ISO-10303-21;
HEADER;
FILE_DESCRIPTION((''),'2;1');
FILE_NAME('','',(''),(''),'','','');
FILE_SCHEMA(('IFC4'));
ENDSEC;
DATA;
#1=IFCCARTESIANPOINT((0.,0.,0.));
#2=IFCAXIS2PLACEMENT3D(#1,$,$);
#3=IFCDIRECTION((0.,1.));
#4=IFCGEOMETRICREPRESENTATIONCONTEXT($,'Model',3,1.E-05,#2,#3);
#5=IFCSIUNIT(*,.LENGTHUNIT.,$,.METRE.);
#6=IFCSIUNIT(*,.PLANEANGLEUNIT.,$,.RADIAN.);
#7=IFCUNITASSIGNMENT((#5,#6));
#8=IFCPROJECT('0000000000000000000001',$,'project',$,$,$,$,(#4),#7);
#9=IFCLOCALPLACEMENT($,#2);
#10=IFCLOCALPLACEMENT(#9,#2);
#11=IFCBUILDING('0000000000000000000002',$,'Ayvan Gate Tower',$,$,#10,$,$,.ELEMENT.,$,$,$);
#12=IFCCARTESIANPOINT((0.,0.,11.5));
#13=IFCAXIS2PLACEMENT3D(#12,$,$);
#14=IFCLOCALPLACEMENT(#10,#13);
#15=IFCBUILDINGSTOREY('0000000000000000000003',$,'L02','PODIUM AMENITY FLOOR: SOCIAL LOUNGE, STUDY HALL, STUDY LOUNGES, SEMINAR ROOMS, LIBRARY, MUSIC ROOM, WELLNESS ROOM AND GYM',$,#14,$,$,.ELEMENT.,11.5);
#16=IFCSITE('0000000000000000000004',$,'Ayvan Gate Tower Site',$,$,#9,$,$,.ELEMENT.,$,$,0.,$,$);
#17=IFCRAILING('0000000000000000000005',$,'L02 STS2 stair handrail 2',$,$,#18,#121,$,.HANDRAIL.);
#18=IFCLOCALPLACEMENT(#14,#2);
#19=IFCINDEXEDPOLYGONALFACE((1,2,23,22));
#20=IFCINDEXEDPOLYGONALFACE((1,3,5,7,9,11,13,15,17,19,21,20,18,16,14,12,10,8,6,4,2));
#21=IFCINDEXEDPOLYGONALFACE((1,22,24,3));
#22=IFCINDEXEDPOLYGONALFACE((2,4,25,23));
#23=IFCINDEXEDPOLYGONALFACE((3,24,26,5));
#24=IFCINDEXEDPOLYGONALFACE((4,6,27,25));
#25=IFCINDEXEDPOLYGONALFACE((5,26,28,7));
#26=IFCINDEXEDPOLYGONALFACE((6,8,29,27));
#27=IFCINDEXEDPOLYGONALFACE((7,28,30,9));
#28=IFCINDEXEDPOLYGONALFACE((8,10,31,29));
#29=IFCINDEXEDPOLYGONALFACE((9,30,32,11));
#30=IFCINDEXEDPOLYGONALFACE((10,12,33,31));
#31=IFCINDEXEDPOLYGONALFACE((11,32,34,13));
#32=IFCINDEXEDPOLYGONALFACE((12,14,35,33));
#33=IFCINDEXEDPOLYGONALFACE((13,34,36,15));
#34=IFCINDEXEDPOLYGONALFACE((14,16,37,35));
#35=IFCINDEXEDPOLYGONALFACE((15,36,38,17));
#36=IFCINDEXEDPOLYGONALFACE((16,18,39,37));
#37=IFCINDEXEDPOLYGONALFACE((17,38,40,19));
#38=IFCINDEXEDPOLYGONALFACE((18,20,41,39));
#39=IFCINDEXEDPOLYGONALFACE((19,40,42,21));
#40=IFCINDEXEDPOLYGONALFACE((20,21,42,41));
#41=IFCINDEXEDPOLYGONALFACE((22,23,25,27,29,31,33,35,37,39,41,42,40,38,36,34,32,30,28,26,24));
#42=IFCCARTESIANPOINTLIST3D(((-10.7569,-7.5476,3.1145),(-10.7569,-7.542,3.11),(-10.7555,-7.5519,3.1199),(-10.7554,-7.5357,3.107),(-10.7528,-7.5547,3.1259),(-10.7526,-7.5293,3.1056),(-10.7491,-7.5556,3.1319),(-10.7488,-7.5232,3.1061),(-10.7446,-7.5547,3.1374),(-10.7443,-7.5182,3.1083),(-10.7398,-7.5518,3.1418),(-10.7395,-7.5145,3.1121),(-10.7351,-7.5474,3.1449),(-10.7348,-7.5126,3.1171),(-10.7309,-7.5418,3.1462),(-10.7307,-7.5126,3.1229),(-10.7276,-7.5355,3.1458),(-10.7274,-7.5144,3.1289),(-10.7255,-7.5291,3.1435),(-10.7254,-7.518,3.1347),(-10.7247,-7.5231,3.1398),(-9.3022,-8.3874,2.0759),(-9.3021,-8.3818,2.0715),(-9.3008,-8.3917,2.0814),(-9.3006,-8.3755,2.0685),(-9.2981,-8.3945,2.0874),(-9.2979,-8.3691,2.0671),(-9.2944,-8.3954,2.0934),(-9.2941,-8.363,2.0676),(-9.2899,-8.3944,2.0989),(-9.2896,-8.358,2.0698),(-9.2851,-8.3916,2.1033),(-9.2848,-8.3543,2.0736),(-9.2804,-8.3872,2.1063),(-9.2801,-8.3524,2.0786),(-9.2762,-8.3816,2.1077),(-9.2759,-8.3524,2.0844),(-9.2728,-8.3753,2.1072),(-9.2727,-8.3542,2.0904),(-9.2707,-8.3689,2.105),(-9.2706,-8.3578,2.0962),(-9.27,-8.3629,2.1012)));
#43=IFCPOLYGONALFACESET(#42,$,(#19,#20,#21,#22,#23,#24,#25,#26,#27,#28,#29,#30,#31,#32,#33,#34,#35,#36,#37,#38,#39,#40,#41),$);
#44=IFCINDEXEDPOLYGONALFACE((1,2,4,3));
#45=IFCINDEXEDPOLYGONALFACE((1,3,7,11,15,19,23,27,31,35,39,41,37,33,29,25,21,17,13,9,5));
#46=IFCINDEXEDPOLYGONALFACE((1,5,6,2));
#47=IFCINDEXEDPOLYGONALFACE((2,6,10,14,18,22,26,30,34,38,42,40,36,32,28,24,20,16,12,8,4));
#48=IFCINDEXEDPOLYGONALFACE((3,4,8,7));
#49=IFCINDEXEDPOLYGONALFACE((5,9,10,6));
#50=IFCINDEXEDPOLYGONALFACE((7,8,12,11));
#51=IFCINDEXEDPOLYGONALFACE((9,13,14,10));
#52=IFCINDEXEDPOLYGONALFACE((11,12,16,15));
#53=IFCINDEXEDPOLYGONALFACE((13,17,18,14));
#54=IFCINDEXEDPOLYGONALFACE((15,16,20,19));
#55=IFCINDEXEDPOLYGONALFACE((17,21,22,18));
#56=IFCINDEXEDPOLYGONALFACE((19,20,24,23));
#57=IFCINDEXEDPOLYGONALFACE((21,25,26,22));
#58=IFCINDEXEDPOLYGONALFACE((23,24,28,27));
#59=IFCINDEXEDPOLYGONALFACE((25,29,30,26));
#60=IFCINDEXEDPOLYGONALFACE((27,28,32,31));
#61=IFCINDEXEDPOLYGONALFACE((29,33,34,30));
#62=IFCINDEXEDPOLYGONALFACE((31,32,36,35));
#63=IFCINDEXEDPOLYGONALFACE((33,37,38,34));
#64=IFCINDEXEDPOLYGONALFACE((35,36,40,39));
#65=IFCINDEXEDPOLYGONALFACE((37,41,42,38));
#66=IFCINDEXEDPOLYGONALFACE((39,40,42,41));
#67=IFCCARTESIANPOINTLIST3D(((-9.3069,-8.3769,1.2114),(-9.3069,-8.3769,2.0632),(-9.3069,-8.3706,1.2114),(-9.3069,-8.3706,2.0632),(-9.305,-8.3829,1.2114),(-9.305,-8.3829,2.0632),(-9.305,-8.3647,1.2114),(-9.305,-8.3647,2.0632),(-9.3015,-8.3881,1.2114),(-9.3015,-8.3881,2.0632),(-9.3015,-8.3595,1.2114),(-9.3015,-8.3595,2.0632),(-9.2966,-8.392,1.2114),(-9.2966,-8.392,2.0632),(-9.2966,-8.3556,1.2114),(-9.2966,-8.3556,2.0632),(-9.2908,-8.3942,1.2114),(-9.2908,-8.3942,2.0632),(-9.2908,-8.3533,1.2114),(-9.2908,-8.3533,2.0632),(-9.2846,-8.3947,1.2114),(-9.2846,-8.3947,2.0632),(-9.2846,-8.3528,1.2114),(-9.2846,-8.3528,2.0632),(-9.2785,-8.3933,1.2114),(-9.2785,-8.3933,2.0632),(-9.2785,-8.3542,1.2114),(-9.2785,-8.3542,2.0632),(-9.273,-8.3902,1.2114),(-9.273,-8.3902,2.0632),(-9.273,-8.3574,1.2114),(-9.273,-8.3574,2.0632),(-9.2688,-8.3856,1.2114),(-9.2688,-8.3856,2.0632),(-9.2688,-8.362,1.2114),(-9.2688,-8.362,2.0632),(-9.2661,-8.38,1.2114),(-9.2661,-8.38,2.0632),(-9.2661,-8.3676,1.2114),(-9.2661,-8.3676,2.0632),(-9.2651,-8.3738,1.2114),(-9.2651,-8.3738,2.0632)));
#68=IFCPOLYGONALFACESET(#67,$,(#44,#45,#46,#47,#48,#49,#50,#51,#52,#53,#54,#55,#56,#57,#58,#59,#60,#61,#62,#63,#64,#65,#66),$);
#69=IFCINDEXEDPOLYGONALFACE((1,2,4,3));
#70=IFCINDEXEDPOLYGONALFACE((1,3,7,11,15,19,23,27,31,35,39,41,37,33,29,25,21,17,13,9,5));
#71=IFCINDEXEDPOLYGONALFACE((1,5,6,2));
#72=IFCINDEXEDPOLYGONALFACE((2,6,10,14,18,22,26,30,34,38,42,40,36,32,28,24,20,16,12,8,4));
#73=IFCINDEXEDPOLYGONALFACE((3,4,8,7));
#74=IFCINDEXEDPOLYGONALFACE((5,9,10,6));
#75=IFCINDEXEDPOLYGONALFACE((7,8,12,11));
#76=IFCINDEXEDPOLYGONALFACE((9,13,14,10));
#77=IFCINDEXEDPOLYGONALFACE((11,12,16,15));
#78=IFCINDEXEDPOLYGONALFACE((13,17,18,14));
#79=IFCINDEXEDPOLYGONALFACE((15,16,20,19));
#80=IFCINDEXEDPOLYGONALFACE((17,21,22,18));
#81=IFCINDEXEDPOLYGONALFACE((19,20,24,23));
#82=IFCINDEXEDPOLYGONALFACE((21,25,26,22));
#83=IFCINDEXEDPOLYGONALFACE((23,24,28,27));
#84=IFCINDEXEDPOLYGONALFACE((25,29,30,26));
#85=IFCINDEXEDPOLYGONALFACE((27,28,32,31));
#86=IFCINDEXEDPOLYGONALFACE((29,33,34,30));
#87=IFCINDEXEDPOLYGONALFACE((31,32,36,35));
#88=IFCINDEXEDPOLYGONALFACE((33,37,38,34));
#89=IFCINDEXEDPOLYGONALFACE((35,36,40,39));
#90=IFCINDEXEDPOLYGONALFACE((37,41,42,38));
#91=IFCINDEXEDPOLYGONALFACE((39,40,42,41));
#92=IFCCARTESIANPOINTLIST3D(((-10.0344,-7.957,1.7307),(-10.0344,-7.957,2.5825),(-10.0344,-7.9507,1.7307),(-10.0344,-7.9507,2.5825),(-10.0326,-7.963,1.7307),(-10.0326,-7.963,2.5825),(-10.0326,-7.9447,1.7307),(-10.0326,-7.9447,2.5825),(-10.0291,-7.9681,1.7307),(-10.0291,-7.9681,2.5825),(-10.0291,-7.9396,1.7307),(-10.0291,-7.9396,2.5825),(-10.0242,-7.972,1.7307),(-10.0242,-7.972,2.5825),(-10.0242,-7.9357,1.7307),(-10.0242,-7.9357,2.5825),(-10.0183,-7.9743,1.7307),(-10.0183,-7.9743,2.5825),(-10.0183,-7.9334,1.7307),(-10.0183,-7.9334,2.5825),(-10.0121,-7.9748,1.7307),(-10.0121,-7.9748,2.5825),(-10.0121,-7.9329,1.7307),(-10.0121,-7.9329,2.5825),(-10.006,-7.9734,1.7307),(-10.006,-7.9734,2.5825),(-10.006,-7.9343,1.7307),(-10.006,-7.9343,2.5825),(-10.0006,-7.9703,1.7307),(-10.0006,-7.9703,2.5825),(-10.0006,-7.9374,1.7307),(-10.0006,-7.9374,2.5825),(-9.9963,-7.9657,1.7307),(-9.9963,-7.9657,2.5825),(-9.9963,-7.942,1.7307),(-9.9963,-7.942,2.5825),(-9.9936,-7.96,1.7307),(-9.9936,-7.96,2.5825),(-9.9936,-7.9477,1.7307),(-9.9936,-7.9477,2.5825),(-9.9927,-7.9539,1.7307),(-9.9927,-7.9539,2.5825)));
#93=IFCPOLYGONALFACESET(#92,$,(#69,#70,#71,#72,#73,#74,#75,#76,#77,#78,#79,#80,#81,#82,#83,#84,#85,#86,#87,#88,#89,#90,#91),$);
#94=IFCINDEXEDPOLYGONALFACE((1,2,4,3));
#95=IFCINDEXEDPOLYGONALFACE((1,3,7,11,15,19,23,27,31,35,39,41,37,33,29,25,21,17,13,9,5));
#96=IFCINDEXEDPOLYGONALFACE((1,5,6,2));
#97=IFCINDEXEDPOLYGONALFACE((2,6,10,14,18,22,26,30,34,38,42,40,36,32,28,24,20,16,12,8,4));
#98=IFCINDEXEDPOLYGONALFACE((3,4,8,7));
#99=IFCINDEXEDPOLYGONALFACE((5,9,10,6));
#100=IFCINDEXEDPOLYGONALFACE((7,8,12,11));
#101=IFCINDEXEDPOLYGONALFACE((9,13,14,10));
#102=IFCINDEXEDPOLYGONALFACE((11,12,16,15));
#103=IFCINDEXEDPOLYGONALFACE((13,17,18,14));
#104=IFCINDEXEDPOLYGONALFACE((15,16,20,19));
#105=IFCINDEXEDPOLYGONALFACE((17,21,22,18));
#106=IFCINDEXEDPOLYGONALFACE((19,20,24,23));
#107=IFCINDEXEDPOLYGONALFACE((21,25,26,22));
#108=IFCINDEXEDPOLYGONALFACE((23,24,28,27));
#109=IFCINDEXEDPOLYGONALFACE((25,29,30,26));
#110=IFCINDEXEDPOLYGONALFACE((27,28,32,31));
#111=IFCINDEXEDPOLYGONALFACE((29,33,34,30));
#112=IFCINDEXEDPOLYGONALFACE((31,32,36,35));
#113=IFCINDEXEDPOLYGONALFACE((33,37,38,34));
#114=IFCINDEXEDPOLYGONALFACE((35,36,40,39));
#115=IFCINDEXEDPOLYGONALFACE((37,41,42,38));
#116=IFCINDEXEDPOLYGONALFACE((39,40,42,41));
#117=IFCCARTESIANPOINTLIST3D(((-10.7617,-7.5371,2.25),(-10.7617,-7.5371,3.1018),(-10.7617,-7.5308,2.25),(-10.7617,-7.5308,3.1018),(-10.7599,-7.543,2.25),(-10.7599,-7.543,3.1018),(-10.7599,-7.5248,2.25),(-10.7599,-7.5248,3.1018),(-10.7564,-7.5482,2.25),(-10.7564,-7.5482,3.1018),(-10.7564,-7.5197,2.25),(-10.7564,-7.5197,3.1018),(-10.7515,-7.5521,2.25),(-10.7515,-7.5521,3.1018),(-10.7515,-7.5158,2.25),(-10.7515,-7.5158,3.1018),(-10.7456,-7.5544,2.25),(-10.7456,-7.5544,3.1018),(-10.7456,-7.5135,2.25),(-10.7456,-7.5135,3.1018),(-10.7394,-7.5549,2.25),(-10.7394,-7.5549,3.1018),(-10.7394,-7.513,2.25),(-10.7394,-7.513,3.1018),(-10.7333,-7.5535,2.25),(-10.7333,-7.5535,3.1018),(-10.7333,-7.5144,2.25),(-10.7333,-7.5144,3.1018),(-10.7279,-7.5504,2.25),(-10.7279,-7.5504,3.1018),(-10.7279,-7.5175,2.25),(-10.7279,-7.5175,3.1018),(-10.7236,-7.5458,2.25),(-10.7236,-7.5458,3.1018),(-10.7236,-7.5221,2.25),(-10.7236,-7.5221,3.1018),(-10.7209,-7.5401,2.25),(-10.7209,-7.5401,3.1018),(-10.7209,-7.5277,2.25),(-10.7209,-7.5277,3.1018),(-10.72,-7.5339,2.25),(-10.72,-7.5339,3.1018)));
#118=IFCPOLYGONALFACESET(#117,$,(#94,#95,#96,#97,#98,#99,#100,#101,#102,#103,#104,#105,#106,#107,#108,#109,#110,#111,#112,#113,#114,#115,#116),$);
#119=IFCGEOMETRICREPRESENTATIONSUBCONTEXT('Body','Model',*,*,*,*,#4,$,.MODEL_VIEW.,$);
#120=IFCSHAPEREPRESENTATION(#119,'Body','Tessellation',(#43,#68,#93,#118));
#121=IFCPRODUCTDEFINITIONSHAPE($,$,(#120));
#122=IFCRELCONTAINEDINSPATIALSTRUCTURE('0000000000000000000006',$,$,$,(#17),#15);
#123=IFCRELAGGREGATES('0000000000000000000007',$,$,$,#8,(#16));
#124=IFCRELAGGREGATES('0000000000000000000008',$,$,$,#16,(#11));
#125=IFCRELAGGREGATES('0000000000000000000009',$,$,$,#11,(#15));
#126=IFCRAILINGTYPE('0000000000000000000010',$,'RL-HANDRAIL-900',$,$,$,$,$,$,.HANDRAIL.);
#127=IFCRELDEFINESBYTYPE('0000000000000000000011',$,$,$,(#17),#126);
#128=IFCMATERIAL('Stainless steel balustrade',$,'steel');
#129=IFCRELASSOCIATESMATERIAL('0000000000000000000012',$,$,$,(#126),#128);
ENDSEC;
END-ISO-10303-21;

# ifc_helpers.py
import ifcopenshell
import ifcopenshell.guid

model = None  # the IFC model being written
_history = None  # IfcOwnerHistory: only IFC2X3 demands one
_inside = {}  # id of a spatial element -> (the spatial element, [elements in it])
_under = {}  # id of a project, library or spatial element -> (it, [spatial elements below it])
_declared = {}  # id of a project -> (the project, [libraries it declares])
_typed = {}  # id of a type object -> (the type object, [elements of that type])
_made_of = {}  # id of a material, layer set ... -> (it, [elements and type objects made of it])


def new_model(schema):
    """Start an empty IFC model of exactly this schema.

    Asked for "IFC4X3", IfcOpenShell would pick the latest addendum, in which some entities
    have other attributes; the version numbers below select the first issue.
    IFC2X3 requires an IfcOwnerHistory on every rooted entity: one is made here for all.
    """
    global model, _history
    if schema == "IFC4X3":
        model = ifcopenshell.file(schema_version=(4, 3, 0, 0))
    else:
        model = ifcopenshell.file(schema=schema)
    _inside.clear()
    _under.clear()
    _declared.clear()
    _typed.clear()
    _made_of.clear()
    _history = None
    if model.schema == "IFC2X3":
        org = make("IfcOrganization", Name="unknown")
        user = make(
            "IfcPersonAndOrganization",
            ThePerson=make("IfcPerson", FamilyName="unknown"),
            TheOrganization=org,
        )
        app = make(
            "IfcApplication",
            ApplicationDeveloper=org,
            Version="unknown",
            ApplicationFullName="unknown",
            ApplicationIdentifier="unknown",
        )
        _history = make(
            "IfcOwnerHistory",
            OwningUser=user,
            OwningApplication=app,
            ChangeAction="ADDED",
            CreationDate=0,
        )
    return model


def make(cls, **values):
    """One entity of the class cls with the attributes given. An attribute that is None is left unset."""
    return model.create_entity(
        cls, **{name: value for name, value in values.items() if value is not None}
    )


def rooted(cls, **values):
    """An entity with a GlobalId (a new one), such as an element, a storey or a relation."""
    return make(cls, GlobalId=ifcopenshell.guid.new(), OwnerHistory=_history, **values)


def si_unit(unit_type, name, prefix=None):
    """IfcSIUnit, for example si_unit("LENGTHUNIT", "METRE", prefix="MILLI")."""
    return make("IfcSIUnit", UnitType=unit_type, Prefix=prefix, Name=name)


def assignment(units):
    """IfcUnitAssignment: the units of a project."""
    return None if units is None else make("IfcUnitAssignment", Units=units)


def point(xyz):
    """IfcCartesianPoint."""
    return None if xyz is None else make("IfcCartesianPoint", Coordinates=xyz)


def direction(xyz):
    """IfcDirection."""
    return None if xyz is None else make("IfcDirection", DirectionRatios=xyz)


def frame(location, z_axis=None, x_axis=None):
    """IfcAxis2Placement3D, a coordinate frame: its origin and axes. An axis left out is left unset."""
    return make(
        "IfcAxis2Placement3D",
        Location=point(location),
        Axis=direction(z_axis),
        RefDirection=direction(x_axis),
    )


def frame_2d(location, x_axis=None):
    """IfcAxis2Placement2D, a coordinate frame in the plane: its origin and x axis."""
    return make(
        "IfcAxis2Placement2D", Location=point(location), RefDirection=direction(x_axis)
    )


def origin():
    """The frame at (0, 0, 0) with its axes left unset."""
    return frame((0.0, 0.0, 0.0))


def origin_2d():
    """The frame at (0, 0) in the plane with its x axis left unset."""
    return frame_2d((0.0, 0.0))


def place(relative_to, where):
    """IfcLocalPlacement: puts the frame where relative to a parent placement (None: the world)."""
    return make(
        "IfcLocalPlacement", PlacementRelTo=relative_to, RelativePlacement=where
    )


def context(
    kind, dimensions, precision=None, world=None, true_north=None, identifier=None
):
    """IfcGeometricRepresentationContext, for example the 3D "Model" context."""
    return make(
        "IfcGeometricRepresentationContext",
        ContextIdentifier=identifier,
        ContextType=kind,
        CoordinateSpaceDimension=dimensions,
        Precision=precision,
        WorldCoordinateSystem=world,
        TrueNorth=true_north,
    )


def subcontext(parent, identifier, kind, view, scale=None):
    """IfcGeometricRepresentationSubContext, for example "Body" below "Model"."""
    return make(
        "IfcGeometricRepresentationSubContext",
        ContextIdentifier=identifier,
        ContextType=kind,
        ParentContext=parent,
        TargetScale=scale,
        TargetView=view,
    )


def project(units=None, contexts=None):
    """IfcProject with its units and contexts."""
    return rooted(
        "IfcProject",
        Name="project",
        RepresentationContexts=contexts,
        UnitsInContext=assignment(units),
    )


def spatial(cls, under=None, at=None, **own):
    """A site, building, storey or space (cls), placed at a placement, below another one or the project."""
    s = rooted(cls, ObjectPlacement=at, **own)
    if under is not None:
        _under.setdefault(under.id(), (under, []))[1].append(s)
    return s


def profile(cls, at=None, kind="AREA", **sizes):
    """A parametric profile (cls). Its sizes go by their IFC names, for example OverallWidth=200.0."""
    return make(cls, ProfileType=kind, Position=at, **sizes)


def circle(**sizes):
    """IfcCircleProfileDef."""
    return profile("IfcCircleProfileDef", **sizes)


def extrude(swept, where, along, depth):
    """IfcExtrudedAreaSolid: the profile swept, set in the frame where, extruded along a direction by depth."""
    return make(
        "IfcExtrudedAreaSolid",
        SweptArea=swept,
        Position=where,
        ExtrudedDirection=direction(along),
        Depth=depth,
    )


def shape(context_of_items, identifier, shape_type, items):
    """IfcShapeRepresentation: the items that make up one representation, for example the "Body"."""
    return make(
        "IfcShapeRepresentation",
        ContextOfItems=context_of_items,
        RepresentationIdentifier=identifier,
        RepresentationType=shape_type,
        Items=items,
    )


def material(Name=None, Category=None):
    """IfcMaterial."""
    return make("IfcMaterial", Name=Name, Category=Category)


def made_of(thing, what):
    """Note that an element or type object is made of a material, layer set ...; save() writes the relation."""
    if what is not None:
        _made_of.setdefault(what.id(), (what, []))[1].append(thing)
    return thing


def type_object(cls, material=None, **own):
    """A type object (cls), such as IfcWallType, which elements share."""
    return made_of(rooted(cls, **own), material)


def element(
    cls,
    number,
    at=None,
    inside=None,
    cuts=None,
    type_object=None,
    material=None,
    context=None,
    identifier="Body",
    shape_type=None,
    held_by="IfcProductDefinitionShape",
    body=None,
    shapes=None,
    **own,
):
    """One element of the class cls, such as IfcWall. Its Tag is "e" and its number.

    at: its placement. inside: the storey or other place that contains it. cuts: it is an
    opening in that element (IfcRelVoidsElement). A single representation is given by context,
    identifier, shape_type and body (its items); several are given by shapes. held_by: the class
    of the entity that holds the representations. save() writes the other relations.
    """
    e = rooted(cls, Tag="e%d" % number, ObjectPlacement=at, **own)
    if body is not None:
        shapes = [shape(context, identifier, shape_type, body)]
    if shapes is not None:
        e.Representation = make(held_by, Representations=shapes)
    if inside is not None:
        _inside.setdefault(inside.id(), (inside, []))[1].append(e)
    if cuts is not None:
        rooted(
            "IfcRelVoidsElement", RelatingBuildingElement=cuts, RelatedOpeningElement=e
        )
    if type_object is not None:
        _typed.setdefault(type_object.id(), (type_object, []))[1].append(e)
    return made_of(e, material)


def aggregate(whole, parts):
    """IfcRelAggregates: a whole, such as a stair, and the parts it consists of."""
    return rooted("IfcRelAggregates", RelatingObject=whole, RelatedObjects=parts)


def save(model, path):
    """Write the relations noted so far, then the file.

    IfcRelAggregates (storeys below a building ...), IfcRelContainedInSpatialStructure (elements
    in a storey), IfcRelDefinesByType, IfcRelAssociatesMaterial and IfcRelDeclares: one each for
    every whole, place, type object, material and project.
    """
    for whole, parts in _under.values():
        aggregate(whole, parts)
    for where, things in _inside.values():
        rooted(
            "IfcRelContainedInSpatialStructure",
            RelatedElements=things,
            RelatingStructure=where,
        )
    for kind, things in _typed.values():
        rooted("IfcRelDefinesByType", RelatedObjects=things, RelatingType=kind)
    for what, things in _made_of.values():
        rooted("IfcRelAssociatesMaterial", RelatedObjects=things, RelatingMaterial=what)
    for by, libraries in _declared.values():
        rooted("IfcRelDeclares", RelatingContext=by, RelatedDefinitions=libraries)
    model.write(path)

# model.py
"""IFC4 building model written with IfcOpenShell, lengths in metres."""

from ifc_helpers import new_model, si_unit, direction, frame, origin, origin_2d, place, context, subcontext, project, spatial, circle, extrude, material, type_object, element, save


model = new_model("IFC4")

# Units and contexts
model_context = context("Model", 3, precision=1e-05, world=origin(), true_north=direction((0.0, 1.0)))
body_context = subcontext(model_context, "Body", "Model", "MODEL_VIEW")
ifc_project = project(units=[si_unit("LENGTHUNIT", "METRE"), si_unit("PLANEANGLEUNIT", "RADIAN")], contexts=[model_context])

# Site, building, storey
site_placement = place(None, origin())
site = spatial("IfcSite", under=ifc_project, at=site_placement, Name="Ayvan Gate Tower Site", CompositionType="ELEMENT", RefElevation=0.0)
building_placement = place(site_placement, origin())
building = spatial("IfcBuilding", under=site, at=building_placement, Name="Ayvan Gate Tower", CompositionType="ELEMENT")
storey_placement = place(building_placement, frame((0.0, 0.0, 11.5)))
storey = spatial("IfcBuildingStorey", under=building, at=storey_placement, Name="L02", Description="PODIUM AMENITY FLOOR: SOCIAL LOUNGE, STUDY HALL, STUDY LOUNGES, SEMINAR ROOMS, LIBRARY, MUSIC ROOM, WELLNESS ROOM AND GYM", CompositionType="ELEMENT", Elevation=11.5)

# Railing
ifc_material_1 = material(Name="Stainless steel balustrade", Category="steel")
railing_type_1 = type_object("IfcRailingType", Name="RL-HANDRAIL-900", PredefinedType="HANDRAIL", material=ifc_material_1)
railing_1_placement = place(storey_placement, frame((-9.2861, -8.3738, 1.2114)))
element("IfcRailing", 1, at=railing_1_placement, inside=storey, type_object=railing_type_1, Name="L02 STS2 stair handrail 2", PredefinedType="HANDRAIL", context=body_context, shape_type="SweptSolid", body=[
    extrude(circle(Radius=0.0239, at=origin_2d()), frame((0.0, 0.0, 0.876), z_axis=(-0.736635, 0.425243, 0.525868), x_axis=(-0.499953, -0.866052, 0.0)), (0.0, 0.0, 1.0), 1.9749),
    extrude(circle(Radius=0.021, at=origin_2d()), origin(), (0.0, 0.0, 1.0), 0.8518),
    extrude(circle(Radius=0.021, at=origin_2d()), frame((-0.7275, 0.4199, 0.5193)), (0.0, 0.0, 1.0), 0.8518),
    extrude(circle(Radius=0.021, at=origin_2d()), frame((-1.4548, 0.8398, 1.0386)), (0.0, 0.0, 1.0), 0.8518),
])

save(model, "model.ifc")
